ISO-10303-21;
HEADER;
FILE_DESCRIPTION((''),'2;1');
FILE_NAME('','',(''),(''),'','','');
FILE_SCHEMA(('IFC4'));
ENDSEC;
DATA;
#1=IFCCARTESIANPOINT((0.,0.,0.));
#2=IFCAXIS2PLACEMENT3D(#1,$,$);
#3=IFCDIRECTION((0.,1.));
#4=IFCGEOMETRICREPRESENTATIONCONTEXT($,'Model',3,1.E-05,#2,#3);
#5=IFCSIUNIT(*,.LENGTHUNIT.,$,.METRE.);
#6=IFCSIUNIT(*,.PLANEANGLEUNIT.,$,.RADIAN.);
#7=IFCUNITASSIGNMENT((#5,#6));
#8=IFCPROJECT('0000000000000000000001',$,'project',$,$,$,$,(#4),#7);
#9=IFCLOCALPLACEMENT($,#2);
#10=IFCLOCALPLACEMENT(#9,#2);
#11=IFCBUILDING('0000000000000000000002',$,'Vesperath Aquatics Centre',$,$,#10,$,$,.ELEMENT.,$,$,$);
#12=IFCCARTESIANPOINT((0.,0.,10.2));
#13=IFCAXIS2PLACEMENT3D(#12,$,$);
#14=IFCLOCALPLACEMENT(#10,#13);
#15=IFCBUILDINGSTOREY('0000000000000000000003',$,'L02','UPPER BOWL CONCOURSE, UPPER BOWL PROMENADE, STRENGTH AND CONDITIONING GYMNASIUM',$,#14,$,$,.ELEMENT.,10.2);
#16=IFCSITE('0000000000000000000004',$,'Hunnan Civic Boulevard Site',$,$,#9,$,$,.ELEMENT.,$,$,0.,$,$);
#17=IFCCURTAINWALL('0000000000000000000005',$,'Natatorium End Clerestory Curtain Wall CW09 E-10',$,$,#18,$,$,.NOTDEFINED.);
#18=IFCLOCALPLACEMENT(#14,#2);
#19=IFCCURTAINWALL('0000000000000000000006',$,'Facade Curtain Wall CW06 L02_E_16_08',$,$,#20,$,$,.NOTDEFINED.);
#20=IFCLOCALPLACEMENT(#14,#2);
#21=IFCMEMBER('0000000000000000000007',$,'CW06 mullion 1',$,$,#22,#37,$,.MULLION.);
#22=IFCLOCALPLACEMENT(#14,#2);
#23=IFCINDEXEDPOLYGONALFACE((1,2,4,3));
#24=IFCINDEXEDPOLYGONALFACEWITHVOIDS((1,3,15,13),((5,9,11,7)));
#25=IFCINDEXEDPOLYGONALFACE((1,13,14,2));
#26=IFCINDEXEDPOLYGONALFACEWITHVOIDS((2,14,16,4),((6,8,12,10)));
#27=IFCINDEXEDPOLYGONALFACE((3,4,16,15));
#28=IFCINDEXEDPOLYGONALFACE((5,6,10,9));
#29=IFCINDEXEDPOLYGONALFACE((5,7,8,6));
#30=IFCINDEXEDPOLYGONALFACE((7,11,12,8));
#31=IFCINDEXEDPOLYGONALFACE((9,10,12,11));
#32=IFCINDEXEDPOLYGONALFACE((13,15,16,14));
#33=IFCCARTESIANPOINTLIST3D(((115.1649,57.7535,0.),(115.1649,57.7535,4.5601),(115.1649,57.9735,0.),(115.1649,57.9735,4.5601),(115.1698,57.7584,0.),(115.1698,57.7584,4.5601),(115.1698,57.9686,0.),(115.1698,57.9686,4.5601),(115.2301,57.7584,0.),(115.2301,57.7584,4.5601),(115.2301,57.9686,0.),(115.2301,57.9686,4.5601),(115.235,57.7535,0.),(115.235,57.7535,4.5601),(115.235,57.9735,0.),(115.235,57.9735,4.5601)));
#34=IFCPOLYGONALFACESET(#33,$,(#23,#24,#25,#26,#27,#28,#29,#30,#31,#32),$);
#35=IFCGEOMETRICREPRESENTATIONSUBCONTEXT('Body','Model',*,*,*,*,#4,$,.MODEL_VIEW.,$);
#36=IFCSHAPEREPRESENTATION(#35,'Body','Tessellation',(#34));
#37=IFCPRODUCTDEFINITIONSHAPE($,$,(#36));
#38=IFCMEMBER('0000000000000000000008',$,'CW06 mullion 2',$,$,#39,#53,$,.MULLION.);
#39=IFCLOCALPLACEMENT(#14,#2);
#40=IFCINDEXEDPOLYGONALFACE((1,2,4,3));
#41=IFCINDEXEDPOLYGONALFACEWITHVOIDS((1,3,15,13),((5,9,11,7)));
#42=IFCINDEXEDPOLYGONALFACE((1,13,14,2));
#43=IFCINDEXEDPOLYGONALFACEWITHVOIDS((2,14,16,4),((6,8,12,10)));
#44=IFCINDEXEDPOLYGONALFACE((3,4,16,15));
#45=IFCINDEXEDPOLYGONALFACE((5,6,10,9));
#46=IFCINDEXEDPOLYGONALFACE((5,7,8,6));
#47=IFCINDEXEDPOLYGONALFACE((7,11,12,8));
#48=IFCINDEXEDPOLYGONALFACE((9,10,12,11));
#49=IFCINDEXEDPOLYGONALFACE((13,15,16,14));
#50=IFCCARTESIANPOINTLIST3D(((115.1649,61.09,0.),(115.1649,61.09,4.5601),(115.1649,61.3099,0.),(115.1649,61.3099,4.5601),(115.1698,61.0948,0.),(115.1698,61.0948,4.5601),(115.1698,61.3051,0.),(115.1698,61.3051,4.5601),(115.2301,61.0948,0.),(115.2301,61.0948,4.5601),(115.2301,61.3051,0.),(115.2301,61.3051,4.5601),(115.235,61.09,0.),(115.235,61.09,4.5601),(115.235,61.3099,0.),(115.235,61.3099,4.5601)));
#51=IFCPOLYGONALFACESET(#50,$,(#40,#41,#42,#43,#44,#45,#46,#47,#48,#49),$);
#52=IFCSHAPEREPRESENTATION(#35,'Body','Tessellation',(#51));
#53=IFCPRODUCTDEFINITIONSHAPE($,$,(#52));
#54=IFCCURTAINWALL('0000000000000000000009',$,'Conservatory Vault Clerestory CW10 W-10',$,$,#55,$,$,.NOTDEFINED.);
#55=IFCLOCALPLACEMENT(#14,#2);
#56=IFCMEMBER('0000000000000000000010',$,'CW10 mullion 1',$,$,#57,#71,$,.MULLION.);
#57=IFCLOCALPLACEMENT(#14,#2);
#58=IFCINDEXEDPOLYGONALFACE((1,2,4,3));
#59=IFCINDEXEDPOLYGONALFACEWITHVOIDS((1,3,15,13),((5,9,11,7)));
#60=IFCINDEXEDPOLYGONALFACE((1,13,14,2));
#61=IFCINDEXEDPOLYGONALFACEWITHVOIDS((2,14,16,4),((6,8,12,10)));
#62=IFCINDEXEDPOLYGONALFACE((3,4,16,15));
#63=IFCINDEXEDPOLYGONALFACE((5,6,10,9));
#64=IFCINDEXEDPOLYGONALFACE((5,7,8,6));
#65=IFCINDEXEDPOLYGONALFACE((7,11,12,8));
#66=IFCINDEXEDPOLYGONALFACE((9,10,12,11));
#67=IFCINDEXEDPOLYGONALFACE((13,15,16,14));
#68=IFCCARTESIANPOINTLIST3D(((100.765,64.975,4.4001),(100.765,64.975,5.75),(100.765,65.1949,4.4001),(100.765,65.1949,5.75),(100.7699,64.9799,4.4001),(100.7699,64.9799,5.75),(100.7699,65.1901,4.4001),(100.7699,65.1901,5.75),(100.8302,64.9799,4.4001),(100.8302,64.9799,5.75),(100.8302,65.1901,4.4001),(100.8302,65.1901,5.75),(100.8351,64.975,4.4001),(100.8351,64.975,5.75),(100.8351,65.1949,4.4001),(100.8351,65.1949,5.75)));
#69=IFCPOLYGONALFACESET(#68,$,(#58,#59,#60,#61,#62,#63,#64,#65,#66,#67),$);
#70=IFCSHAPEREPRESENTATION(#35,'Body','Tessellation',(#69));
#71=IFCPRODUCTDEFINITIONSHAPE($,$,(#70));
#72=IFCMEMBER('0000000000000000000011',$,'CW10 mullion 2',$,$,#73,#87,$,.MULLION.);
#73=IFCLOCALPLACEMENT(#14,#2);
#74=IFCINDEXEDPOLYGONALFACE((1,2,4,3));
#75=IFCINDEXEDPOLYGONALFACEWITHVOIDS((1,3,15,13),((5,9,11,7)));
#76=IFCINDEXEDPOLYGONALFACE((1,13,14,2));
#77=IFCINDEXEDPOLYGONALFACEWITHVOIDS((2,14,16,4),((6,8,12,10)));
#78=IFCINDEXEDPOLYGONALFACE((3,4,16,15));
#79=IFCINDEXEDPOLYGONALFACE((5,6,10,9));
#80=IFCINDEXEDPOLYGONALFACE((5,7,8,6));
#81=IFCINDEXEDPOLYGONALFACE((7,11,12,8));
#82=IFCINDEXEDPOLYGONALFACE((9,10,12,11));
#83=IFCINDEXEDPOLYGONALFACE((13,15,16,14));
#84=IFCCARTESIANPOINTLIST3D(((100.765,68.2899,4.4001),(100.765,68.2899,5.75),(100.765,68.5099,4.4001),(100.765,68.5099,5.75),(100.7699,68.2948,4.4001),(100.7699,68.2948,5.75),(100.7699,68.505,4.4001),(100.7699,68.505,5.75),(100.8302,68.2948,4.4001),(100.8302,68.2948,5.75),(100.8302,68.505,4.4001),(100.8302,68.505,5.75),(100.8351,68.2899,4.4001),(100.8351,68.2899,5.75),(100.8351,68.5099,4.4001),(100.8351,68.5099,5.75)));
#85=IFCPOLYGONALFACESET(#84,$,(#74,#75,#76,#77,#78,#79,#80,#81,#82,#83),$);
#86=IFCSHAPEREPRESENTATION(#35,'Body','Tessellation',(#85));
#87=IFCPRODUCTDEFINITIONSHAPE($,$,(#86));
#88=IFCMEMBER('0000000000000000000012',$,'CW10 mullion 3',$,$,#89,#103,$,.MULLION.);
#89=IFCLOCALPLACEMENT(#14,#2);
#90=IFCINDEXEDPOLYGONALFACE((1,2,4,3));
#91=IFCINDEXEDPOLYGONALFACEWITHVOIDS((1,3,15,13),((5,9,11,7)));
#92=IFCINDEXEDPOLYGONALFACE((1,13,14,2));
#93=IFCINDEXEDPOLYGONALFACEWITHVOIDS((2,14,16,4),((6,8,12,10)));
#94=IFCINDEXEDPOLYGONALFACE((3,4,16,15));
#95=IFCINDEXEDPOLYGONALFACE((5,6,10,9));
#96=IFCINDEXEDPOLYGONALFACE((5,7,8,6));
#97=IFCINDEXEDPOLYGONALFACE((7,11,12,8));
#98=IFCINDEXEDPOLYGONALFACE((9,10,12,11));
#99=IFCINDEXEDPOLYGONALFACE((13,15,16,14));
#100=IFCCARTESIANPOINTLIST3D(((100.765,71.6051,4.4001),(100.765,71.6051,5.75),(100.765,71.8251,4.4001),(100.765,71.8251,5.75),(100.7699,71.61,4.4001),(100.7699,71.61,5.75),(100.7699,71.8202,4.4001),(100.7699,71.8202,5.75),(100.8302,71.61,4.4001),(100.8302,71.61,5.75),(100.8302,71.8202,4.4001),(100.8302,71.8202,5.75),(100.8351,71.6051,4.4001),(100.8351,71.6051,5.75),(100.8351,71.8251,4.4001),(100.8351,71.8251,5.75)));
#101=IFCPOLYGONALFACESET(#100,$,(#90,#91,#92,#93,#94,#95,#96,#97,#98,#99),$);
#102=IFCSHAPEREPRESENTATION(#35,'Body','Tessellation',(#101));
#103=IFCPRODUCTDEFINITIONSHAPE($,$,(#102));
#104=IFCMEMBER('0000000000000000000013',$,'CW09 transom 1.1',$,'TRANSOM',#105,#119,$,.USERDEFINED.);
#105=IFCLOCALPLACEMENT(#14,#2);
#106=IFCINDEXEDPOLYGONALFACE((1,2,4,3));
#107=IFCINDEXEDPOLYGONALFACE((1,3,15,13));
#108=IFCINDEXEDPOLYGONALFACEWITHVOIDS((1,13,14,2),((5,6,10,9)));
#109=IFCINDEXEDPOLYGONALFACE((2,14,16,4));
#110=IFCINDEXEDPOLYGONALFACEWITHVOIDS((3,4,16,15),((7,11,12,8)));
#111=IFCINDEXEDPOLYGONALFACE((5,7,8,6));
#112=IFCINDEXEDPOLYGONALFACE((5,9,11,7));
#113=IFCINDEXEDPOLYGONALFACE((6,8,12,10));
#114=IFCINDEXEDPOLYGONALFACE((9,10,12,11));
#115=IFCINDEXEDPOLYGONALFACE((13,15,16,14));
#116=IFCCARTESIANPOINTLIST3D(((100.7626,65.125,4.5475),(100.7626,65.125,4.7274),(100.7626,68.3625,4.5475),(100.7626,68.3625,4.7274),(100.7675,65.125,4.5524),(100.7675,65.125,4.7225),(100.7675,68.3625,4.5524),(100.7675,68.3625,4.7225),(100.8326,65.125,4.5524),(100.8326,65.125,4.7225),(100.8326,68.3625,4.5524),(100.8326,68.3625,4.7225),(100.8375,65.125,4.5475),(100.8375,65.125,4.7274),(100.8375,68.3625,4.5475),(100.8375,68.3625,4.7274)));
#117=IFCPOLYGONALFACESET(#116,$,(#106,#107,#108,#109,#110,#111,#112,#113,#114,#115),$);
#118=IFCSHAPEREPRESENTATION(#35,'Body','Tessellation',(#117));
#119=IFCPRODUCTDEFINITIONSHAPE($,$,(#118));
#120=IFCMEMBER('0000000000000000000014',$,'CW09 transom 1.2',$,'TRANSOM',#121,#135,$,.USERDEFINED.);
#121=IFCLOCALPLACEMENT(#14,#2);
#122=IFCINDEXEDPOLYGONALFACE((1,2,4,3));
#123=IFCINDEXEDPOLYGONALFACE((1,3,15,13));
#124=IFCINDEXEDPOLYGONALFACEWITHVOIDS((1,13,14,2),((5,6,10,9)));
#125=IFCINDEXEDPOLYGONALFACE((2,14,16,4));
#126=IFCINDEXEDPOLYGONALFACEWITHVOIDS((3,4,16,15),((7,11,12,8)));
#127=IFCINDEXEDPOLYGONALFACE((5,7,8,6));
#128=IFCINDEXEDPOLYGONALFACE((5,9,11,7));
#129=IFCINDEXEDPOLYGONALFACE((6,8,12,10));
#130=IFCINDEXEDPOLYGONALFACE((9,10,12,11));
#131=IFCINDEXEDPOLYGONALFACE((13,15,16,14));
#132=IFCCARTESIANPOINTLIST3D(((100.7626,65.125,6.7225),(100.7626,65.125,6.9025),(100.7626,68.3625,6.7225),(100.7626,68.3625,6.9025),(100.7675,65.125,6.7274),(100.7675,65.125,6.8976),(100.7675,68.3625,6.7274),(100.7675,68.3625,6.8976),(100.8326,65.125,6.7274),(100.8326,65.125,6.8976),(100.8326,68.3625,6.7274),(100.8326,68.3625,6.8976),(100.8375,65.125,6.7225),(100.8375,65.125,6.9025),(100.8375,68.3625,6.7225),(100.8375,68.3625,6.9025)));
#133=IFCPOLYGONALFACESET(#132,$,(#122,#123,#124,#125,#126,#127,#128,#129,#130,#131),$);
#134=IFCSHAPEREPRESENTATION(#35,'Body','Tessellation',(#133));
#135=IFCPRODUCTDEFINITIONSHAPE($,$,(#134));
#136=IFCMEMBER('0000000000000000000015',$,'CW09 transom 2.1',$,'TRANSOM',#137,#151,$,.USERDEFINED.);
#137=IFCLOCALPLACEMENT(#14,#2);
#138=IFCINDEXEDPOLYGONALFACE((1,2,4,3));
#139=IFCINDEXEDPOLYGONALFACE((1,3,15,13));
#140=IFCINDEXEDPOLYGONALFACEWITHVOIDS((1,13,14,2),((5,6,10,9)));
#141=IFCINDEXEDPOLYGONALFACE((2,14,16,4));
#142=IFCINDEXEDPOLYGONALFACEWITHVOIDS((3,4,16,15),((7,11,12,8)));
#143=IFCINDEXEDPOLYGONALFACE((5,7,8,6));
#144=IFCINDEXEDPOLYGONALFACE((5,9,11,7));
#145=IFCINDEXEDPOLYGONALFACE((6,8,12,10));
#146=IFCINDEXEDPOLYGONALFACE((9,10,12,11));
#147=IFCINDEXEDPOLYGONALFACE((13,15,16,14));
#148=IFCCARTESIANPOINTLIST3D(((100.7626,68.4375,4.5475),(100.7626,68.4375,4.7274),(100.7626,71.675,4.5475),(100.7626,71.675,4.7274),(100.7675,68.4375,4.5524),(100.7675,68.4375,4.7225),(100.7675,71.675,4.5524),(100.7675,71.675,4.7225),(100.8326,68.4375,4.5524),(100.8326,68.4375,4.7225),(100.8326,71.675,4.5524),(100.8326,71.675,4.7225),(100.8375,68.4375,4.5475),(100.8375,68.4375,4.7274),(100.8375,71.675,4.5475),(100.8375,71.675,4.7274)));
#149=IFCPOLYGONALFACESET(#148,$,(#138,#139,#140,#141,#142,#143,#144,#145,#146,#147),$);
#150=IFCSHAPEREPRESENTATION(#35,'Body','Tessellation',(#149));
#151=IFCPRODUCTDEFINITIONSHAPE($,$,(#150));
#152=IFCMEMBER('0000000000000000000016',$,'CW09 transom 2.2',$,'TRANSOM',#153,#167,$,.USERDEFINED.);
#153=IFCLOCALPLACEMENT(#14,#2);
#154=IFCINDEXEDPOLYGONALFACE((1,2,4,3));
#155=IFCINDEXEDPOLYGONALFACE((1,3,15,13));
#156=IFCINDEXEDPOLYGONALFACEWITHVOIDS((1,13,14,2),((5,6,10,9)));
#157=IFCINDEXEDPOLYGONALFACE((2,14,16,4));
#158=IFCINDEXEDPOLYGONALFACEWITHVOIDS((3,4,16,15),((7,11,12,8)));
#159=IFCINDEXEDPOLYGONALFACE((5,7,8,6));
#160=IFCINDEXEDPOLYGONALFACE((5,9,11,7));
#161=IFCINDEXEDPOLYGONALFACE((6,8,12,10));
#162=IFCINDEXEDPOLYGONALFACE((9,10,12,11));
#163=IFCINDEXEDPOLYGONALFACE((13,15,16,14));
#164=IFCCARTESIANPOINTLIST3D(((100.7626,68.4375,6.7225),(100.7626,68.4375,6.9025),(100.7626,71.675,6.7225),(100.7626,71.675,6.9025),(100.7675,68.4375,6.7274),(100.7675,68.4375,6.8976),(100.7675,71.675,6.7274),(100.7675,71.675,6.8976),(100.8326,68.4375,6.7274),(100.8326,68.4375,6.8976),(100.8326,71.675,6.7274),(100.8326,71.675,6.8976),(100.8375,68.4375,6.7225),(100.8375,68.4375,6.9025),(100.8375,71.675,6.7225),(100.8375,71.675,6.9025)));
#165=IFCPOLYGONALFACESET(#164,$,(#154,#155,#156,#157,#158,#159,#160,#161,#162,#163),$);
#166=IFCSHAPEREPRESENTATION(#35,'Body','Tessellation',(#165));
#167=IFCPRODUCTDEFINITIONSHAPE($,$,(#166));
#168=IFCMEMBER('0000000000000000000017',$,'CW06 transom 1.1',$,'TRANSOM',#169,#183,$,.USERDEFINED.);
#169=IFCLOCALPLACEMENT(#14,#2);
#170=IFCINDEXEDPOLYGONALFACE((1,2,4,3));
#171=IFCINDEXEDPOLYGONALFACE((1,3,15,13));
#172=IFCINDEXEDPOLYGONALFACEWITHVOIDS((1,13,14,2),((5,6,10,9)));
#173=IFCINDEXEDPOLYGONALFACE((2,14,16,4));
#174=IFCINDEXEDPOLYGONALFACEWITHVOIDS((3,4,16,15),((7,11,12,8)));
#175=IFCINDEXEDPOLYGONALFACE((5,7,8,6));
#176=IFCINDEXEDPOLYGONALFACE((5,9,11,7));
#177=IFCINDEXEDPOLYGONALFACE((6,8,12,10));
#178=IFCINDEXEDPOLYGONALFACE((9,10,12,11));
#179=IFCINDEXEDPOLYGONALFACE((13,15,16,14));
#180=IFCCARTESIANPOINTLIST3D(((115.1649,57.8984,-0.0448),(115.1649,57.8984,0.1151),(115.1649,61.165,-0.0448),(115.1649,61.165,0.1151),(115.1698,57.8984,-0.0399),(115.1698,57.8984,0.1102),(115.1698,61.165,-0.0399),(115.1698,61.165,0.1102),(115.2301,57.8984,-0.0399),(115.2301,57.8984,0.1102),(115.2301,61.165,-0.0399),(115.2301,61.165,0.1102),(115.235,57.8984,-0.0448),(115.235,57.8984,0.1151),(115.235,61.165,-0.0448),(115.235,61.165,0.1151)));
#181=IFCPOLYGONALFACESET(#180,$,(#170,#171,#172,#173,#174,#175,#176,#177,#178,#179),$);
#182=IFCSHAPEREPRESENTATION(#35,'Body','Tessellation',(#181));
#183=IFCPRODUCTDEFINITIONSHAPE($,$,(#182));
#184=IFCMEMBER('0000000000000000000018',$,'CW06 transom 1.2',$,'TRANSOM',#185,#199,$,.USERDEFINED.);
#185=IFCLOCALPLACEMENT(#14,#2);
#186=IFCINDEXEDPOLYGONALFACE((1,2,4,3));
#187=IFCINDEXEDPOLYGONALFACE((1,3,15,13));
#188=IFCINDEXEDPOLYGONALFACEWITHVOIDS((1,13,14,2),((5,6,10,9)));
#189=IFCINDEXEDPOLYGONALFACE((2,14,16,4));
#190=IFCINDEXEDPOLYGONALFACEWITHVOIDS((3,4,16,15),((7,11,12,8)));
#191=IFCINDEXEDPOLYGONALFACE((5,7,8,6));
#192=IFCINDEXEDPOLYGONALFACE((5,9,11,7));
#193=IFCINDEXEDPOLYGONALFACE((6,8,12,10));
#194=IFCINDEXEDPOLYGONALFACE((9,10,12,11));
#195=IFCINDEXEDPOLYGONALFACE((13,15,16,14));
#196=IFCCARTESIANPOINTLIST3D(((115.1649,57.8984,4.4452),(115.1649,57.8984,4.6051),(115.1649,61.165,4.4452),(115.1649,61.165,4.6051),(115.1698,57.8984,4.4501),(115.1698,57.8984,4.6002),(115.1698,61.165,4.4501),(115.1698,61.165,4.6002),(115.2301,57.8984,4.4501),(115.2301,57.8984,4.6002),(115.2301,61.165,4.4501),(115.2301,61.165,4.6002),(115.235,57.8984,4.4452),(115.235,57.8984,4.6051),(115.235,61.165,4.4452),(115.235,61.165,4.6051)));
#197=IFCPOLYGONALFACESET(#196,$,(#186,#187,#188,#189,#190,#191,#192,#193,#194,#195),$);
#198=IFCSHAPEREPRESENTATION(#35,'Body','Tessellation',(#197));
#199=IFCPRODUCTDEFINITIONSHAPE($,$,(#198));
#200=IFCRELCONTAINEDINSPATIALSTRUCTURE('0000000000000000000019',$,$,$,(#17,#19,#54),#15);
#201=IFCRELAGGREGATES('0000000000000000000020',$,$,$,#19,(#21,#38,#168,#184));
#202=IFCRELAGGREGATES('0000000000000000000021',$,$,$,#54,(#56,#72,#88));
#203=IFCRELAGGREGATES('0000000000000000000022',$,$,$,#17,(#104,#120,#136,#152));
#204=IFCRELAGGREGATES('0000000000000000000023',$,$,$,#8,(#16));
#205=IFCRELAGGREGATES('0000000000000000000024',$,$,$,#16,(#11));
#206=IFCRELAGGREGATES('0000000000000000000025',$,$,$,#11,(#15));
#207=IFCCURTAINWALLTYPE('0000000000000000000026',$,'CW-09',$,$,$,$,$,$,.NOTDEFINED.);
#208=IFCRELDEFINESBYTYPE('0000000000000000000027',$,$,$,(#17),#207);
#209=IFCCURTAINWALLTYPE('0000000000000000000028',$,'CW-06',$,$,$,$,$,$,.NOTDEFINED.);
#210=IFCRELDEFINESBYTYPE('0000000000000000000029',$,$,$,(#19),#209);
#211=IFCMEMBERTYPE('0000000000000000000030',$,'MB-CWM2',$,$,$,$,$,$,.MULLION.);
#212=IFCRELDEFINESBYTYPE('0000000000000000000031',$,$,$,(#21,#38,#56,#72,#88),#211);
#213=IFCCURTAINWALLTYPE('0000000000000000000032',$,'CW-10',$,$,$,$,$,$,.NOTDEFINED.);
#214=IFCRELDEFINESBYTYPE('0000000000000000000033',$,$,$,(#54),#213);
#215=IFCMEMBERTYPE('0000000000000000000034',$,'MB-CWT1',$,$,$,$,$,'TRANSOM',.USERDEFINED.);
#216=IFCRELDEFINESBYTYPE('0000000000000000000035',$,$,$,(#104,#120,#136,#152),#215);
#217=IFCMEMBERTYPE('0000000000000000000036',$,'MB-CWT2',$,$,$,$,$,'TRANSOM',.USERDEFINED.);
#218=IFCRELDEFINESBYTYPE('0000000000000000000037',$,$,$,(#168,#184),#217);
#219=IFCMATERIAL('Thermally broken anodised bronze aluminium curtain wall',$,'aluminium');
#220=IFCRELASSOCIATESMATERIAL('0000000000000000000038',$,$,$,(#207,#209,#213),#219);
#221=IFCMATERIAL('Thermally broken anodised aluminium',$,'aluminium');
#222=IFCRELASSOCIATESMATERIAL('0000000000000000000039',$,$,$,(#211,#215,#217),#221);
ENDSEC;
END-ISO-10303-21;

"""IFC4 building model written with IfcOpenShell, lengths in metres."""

from ifc_helpers import new_model, si_unit, direction, frame, origin, origin_2d, place, context, subcontext, project, spatial, hollow_rectangle, extrude, material, material_profile, profile_set, type_object, element, aggregate, save


model = new_model("IFC4")

# Units and contexts
model_context = context("Model", 3, precision=1e-05, world=origin(), true_north=direction((0.0, 1.0)))
body_context = subcontext(model_context, "Body", "Model", "MODEL_VIEW")
ifc_project = project(units=[si_unit("LENGTHUNIT", "METRE"), si_unit("PLANEANGLEUNIT", "RADIAN")], contexts=[model_context])

# Site, building, storey
site_placement = place(None, origin())
site = spatial("IfcSite", under=ifc_project, at=site_placement, Name="Hunnan Civic Boulevard Site", CompositionType="ELEMENT", RefElevation=0.0)
building_placement = place(site_placement, origin())
building = spatial("IfcBuilding", under=site, at=building_placement, Name="Vesperath Aquatics Centre", CompositionType="ELEMENT")
storey_placement = place(building_placement, frame((0.0, 0.0, 10.2)))
storey = spatial("IfcBuildingStorey", under=building, at=storey_placement, Name="L02", Description="UPPER BOWL CONCOURSE, UPPER BOWL PROMENADE, STRENGTH AND CONDITIONING GYMNASIUM", CompositionType="ELEMENT", Elevation=10.2)

# Curtain wall
ifc_material_1 = material(Name="Thermally broken anodised bronze aluminium curtain wall", Category="aluminium")
curtain_wall_type_1 = type_object("IfcCurtainWallType", Name="CW-09", PredefinedType="NOTDEFINED", material=ifc_material_1)
curtain_wall_1_placement = place(storey_placement, origin())
curtain_wall_1 = element("IfcCurtainWall", 1, at=curtain_wall_1_placement, inside=storey, type_object=curtain_wall_type_1, Name="Natatorium End Clerestory Curtain Wall CW09 E-10", PredefinedType="NOTDEFINED")
ifc_material_2 = material(Name="Thermally broken anodised aluminium", Category="aluminium")

# Shared definitions
curtain_wall_type_2 = type_object("IfcCurtainWallType", Name="CW-06", PredefinedType="NOTDEFINED", material=ifc_material_1)
ifc_material_profile_1 = material_profile(ifc_material_2, hollow_rectangle(XDim=0.0701, YDim=0.22, WallThickness=0.0049, at=origin_2d()), Name="CWM 70x220x5")
ifc_profile_set_1 = profile_set([ifc_material_profile_1], Name="Thermally broken anodised aluminium")
member_type_1 = type_object("IfcMemberType", Name="MB-CWM2", PredefinedType="MULLION", material=ifc_profile_set_1)

# Curtain walls, members
curtain_wall_2_placement = place(storey_placement, origin())
curtain_wall_2 = element("IfcCurtainWall", 2, at=curtain_wall_2_placement, inside=storey, type_object=curtain_wall_type_2, Name="Facade Curtain Wall CW06 L02_E_16_08", PredefinedType="NOTDEFINED")
member_1_placement = place(storey_placement, frame((115.2, 57.8635, 0.0), z_axis=(0.0, 0.0, 1.0), x_axis=(-1.0, 0.0, 0.0)))
member_1 = element("IfcMember", 3, at=member_1_placement, type_object=member_type_1, Name="CW06 mullion 1", PredefinedType="MULLION", context=body_context, shape_type="SweptSolid", body=[
    extrude(hollow_rectangle(XDim=0.0701, YDim=0.22, WallThickness=0.0049, at=origin_2d()), origin(), (0.0, 0.0, 1.0), 4.5601),
])
member_2_placement = place(storey_placement, frame((115.2, 61.2, 0.0), z_axis=(0.0, 0.0, 1.0), x_axis=(-1.0, 0.0, 0.0)))
member_2 = element("IfcMember", 4, at=member_2_placement, type_object=member_type_1, Name="CW06 mullion 2", PredefinedType="MULLION", context=body_context, shape_type="SweptSolid", body=[
    extrude(hollow_rectangle(XDim=0.0701, YDim=0.22, WallThickness=0.0049, at=origin_2d()), origin(), (0.0, 0.0, 1.0), 4.5601),
])
curtain_wall_type_3 = type_object("IfcCurtainWallType", Name="CW-10", PredefinedType="NOTDEFINED", material=ifc_material_1)
curtain_wall_3_placement = place(storey_placement, origin())
curtain_wall_3 = element("IfcCurtainWall", 5, at=curtain_wall_3_placement, inside=storey, type_object=curtain_wall_type_3, Name="Conservatory Vault Clerestory CW10 W-10", PredefinedType="NOTDEFINED")
member_3_placement = place(storey_placement, frame((100.8, 65.085, 4.4001), z_axis=(0.0, 0.0, 1.0), x_axis=(-1.0, 0.0, 0.0)))
member_3 = element("IfcMember", 6, at=member_3_placement, type_object=member_type_1, Name="CW10 mullion 1", PredefinedType="MULLION", context=body_context, shape_type="SweptSolid", body=[
    extrude(hollow_rectangle(XDim=0.0701, YDim=0.22, WallThickness=0.0049, at=origin_2d()), origin(), (0.0, 0.0, 1.0), 1.3499),
])
member_4_placement = place(storey_placement, frame((100.8, 68.3999, 4.4001), z_axis=(0.0, 0.0, 1.0), x_axis=(-1.0, 0.0, 0.0)))
member_4 = element("IfcMember", 7, at=member_4_placement, type_object=member_type_1, Name="CW10 mullion 2", PredefinedType="MULLION", context=body_context, shape_type="SweptSolid", body=[
    extrude(hollow_rectangle(XDim=0.0701, YDim=0.22, WallThickness=0.0049, at=origin_2d()), origin(), (0.0, 0.0, 1.0), 1.3499),
])
member_5_placement = place(storey_placement, frame((100.8, 71.7151, 4.4001), z_axis=(0.0, 0.0, 1.0), x_axis=(-1.0, 0.0, 0.0)))
member_5 = element("IfcMember", 8, at=member_5_placement, type_object=member_type_1, Name="CW10 mullion 3", PredefinedType="MULLION", context=body_context, shape_type="SweptSolid", body=[
    extrude(hollow_rectangle(XDim=0.0701, YDim=0.22, WallThickness=0.0049, at=origin_2d()), origin(), (0.0, 0.0, 1.0), 1.3499),
])

# Members
ifc_material_profile_2 = material_profile(ifc_material_2, hollow_rectangle(XDim=0.075, YDim=0.1799, WallThickness=0.0049, at=origin_2d()), Name="CWT 75x180x5")
ifc_profile_set_2 = profile_set([ifc_material_profile_2], Name="Thermally broken anodised aluminium")
member_type_2 = type_object("IfcMemberType", Name="MB-CWT1", ElementType="TRANSOM", PredefinedType="USERDEFINED", material=ifc_profile_set_2)
member_6_placement = place(storey_placement, frame((100.8, 65.125, 4.6375), z_axis=(0.0, 1.0, 0.0), x_axis=(-1.0, 0.0, 0.0)))
member_6 = element("IfcMember", 9, at=member_6_placement, type_object=member_type_2, Name="CW09 transom 1.1", ObjectType="TRANSOM", PredefinedType="USERDEFINED", context=body_context, shape_type="SweptSolid", body=[
    extrude(hollow_rectangle(XDim=0.075, YDim=0.1799, WallThickness=0.0049, at=origin_2d()), origin(), (0.0, 0.0, 1.0), 3.2375),
])
member_7_placement = place(storey_placement, frame((100.8, 65.125, 6.8125), z_axis=(0.0, 1.0, 0.0), x_axis=(-1.0, 0.0, 0.0)))
member_7 = element("IfcMember", 10, at=member_7_placement, type_object=member_type_2, Name="CW09 transom 1.2", ObjectType="TRANSOM", PredefinedType="USERDEFINED", context=body_context, shape_type="SweptSolid", body=[
    extrude(hollow_rectangle(XDim=0.075, YDim=0.1799, WallThickness=0.0049, at=origin_2d()), origin(), (0.0, 0.0, 1.0), 3.2375),
])
member_8_placement = place(storey_placement, frame((100.8, 68.4375, 4.6375), z_axis=(0.0, 1.0, 0.0), x_axis=(-1.0, 0.0, 0.0)))
member_8 = element("IfcMember", 11, at=member_8_placement, type_object=member_type_2, Name="CW09 transom 2.1", ObjectType="TRANSOM", PredefinedType="USERDEFINED", context=body_context, shape_type="SweptSolid", body=[
    extrude(hollow_rectangle(XDim=0.075, YDim=0.1799, WallThickness=0.0049, at=origin_2d()), origin(), (0.0, 0.0, 1.0), 3.2375),
])
member_9_placement = place(storey_placement, frame((100.8, 68.4375, 6.8125), z_axis=(0.0, 1.0, 0.0), x_axis=(-1.0, 0.0, 0.0)))
member_9 = element("IfcMember", 12, at=member_9_placement, type_object=member_type_2, Name="CW09 transom 2.2", ObjectType="TRANSOM", PredefinedType="USERDEFINED", context=body_context, shape_type="SweptSolid", body=[
    extrude(hollow_rectangle(XDim=0.075, YDim=0.1799, WallThickness=0.0049, at=origin_2d()), origin(), (0.0, 0.0, 1.0), 3.2375),
])
ifc_material_profile_3 = material_profile(ifc_material_2, hollow_rectangle(XDim=0.0701, YDim=0.1599, WallThickness=0.0049, at=origin_2d()), Name="CWT 70x160x5")
ifc_profile_set_3 = profile_set([ifc_material_profile_3], Name="Thermally broken anodised aluminium")
member_type_3 = type_object("IfcMemberType", Name="MB-CWT2", ElementType="TRANSOM", PredefinedType="USERDEFINED", material=ifc_profile_set_3)
member_10_placement = place(storey_placement, frame((115.2, 57.8984, 0.0352), z_axis=(0.0, 1.0, 0.0), x_axis=(-1.0, 0.0, 0.0)))
member_10 = element("IfcMember", 13, at=member_10_placement, type_object=member_type_3, Name="CW06 transom 1.1", ObjectType="TRANSOM", PredefinedType="USERDEFINED", context=body_context, shape_type="SweptSolid", body=[
    extrude(hollow_rectangle(XDim=0.0701, YDim=0.1599, WallThickness=0.0049, at=origin_2d()), origin(), (0.0, 0.0, 1.0), 3.2666),
])
member_11_placement = place(storey_placement, frame((115.2, 57.8984, 4.5251), z_axis=(0.0, 1.0, 0.0), x_axis=(-1.0, 0.0, 0.0)))
member_11 = element("IfcMember", 14, at=member_11_placement, type_object=member_type_3, Name="CW06 transom 1.2", ObjectType="TRANSOM", PredefinedType="USERDEFINED", context=body_context, shape_type="SweptSolid", body=[
    extrude(hollow_rectangle(XDim=0.0701, YDim=0.1599, WallThickness=0.0049, at=origin_2d()), origin(), (0.0, 0.0, 1.0), 3.2666),
])

aggregate(curtain_wall_2, [member_1, member_2, member_10, member_11])
aggregate(curtain_wall_3, [member_3, member_4, member_5])
aggregate(curtain_wall_1, [member_6, member_7, member_8, member_9])

save(model, "model.ifc")
